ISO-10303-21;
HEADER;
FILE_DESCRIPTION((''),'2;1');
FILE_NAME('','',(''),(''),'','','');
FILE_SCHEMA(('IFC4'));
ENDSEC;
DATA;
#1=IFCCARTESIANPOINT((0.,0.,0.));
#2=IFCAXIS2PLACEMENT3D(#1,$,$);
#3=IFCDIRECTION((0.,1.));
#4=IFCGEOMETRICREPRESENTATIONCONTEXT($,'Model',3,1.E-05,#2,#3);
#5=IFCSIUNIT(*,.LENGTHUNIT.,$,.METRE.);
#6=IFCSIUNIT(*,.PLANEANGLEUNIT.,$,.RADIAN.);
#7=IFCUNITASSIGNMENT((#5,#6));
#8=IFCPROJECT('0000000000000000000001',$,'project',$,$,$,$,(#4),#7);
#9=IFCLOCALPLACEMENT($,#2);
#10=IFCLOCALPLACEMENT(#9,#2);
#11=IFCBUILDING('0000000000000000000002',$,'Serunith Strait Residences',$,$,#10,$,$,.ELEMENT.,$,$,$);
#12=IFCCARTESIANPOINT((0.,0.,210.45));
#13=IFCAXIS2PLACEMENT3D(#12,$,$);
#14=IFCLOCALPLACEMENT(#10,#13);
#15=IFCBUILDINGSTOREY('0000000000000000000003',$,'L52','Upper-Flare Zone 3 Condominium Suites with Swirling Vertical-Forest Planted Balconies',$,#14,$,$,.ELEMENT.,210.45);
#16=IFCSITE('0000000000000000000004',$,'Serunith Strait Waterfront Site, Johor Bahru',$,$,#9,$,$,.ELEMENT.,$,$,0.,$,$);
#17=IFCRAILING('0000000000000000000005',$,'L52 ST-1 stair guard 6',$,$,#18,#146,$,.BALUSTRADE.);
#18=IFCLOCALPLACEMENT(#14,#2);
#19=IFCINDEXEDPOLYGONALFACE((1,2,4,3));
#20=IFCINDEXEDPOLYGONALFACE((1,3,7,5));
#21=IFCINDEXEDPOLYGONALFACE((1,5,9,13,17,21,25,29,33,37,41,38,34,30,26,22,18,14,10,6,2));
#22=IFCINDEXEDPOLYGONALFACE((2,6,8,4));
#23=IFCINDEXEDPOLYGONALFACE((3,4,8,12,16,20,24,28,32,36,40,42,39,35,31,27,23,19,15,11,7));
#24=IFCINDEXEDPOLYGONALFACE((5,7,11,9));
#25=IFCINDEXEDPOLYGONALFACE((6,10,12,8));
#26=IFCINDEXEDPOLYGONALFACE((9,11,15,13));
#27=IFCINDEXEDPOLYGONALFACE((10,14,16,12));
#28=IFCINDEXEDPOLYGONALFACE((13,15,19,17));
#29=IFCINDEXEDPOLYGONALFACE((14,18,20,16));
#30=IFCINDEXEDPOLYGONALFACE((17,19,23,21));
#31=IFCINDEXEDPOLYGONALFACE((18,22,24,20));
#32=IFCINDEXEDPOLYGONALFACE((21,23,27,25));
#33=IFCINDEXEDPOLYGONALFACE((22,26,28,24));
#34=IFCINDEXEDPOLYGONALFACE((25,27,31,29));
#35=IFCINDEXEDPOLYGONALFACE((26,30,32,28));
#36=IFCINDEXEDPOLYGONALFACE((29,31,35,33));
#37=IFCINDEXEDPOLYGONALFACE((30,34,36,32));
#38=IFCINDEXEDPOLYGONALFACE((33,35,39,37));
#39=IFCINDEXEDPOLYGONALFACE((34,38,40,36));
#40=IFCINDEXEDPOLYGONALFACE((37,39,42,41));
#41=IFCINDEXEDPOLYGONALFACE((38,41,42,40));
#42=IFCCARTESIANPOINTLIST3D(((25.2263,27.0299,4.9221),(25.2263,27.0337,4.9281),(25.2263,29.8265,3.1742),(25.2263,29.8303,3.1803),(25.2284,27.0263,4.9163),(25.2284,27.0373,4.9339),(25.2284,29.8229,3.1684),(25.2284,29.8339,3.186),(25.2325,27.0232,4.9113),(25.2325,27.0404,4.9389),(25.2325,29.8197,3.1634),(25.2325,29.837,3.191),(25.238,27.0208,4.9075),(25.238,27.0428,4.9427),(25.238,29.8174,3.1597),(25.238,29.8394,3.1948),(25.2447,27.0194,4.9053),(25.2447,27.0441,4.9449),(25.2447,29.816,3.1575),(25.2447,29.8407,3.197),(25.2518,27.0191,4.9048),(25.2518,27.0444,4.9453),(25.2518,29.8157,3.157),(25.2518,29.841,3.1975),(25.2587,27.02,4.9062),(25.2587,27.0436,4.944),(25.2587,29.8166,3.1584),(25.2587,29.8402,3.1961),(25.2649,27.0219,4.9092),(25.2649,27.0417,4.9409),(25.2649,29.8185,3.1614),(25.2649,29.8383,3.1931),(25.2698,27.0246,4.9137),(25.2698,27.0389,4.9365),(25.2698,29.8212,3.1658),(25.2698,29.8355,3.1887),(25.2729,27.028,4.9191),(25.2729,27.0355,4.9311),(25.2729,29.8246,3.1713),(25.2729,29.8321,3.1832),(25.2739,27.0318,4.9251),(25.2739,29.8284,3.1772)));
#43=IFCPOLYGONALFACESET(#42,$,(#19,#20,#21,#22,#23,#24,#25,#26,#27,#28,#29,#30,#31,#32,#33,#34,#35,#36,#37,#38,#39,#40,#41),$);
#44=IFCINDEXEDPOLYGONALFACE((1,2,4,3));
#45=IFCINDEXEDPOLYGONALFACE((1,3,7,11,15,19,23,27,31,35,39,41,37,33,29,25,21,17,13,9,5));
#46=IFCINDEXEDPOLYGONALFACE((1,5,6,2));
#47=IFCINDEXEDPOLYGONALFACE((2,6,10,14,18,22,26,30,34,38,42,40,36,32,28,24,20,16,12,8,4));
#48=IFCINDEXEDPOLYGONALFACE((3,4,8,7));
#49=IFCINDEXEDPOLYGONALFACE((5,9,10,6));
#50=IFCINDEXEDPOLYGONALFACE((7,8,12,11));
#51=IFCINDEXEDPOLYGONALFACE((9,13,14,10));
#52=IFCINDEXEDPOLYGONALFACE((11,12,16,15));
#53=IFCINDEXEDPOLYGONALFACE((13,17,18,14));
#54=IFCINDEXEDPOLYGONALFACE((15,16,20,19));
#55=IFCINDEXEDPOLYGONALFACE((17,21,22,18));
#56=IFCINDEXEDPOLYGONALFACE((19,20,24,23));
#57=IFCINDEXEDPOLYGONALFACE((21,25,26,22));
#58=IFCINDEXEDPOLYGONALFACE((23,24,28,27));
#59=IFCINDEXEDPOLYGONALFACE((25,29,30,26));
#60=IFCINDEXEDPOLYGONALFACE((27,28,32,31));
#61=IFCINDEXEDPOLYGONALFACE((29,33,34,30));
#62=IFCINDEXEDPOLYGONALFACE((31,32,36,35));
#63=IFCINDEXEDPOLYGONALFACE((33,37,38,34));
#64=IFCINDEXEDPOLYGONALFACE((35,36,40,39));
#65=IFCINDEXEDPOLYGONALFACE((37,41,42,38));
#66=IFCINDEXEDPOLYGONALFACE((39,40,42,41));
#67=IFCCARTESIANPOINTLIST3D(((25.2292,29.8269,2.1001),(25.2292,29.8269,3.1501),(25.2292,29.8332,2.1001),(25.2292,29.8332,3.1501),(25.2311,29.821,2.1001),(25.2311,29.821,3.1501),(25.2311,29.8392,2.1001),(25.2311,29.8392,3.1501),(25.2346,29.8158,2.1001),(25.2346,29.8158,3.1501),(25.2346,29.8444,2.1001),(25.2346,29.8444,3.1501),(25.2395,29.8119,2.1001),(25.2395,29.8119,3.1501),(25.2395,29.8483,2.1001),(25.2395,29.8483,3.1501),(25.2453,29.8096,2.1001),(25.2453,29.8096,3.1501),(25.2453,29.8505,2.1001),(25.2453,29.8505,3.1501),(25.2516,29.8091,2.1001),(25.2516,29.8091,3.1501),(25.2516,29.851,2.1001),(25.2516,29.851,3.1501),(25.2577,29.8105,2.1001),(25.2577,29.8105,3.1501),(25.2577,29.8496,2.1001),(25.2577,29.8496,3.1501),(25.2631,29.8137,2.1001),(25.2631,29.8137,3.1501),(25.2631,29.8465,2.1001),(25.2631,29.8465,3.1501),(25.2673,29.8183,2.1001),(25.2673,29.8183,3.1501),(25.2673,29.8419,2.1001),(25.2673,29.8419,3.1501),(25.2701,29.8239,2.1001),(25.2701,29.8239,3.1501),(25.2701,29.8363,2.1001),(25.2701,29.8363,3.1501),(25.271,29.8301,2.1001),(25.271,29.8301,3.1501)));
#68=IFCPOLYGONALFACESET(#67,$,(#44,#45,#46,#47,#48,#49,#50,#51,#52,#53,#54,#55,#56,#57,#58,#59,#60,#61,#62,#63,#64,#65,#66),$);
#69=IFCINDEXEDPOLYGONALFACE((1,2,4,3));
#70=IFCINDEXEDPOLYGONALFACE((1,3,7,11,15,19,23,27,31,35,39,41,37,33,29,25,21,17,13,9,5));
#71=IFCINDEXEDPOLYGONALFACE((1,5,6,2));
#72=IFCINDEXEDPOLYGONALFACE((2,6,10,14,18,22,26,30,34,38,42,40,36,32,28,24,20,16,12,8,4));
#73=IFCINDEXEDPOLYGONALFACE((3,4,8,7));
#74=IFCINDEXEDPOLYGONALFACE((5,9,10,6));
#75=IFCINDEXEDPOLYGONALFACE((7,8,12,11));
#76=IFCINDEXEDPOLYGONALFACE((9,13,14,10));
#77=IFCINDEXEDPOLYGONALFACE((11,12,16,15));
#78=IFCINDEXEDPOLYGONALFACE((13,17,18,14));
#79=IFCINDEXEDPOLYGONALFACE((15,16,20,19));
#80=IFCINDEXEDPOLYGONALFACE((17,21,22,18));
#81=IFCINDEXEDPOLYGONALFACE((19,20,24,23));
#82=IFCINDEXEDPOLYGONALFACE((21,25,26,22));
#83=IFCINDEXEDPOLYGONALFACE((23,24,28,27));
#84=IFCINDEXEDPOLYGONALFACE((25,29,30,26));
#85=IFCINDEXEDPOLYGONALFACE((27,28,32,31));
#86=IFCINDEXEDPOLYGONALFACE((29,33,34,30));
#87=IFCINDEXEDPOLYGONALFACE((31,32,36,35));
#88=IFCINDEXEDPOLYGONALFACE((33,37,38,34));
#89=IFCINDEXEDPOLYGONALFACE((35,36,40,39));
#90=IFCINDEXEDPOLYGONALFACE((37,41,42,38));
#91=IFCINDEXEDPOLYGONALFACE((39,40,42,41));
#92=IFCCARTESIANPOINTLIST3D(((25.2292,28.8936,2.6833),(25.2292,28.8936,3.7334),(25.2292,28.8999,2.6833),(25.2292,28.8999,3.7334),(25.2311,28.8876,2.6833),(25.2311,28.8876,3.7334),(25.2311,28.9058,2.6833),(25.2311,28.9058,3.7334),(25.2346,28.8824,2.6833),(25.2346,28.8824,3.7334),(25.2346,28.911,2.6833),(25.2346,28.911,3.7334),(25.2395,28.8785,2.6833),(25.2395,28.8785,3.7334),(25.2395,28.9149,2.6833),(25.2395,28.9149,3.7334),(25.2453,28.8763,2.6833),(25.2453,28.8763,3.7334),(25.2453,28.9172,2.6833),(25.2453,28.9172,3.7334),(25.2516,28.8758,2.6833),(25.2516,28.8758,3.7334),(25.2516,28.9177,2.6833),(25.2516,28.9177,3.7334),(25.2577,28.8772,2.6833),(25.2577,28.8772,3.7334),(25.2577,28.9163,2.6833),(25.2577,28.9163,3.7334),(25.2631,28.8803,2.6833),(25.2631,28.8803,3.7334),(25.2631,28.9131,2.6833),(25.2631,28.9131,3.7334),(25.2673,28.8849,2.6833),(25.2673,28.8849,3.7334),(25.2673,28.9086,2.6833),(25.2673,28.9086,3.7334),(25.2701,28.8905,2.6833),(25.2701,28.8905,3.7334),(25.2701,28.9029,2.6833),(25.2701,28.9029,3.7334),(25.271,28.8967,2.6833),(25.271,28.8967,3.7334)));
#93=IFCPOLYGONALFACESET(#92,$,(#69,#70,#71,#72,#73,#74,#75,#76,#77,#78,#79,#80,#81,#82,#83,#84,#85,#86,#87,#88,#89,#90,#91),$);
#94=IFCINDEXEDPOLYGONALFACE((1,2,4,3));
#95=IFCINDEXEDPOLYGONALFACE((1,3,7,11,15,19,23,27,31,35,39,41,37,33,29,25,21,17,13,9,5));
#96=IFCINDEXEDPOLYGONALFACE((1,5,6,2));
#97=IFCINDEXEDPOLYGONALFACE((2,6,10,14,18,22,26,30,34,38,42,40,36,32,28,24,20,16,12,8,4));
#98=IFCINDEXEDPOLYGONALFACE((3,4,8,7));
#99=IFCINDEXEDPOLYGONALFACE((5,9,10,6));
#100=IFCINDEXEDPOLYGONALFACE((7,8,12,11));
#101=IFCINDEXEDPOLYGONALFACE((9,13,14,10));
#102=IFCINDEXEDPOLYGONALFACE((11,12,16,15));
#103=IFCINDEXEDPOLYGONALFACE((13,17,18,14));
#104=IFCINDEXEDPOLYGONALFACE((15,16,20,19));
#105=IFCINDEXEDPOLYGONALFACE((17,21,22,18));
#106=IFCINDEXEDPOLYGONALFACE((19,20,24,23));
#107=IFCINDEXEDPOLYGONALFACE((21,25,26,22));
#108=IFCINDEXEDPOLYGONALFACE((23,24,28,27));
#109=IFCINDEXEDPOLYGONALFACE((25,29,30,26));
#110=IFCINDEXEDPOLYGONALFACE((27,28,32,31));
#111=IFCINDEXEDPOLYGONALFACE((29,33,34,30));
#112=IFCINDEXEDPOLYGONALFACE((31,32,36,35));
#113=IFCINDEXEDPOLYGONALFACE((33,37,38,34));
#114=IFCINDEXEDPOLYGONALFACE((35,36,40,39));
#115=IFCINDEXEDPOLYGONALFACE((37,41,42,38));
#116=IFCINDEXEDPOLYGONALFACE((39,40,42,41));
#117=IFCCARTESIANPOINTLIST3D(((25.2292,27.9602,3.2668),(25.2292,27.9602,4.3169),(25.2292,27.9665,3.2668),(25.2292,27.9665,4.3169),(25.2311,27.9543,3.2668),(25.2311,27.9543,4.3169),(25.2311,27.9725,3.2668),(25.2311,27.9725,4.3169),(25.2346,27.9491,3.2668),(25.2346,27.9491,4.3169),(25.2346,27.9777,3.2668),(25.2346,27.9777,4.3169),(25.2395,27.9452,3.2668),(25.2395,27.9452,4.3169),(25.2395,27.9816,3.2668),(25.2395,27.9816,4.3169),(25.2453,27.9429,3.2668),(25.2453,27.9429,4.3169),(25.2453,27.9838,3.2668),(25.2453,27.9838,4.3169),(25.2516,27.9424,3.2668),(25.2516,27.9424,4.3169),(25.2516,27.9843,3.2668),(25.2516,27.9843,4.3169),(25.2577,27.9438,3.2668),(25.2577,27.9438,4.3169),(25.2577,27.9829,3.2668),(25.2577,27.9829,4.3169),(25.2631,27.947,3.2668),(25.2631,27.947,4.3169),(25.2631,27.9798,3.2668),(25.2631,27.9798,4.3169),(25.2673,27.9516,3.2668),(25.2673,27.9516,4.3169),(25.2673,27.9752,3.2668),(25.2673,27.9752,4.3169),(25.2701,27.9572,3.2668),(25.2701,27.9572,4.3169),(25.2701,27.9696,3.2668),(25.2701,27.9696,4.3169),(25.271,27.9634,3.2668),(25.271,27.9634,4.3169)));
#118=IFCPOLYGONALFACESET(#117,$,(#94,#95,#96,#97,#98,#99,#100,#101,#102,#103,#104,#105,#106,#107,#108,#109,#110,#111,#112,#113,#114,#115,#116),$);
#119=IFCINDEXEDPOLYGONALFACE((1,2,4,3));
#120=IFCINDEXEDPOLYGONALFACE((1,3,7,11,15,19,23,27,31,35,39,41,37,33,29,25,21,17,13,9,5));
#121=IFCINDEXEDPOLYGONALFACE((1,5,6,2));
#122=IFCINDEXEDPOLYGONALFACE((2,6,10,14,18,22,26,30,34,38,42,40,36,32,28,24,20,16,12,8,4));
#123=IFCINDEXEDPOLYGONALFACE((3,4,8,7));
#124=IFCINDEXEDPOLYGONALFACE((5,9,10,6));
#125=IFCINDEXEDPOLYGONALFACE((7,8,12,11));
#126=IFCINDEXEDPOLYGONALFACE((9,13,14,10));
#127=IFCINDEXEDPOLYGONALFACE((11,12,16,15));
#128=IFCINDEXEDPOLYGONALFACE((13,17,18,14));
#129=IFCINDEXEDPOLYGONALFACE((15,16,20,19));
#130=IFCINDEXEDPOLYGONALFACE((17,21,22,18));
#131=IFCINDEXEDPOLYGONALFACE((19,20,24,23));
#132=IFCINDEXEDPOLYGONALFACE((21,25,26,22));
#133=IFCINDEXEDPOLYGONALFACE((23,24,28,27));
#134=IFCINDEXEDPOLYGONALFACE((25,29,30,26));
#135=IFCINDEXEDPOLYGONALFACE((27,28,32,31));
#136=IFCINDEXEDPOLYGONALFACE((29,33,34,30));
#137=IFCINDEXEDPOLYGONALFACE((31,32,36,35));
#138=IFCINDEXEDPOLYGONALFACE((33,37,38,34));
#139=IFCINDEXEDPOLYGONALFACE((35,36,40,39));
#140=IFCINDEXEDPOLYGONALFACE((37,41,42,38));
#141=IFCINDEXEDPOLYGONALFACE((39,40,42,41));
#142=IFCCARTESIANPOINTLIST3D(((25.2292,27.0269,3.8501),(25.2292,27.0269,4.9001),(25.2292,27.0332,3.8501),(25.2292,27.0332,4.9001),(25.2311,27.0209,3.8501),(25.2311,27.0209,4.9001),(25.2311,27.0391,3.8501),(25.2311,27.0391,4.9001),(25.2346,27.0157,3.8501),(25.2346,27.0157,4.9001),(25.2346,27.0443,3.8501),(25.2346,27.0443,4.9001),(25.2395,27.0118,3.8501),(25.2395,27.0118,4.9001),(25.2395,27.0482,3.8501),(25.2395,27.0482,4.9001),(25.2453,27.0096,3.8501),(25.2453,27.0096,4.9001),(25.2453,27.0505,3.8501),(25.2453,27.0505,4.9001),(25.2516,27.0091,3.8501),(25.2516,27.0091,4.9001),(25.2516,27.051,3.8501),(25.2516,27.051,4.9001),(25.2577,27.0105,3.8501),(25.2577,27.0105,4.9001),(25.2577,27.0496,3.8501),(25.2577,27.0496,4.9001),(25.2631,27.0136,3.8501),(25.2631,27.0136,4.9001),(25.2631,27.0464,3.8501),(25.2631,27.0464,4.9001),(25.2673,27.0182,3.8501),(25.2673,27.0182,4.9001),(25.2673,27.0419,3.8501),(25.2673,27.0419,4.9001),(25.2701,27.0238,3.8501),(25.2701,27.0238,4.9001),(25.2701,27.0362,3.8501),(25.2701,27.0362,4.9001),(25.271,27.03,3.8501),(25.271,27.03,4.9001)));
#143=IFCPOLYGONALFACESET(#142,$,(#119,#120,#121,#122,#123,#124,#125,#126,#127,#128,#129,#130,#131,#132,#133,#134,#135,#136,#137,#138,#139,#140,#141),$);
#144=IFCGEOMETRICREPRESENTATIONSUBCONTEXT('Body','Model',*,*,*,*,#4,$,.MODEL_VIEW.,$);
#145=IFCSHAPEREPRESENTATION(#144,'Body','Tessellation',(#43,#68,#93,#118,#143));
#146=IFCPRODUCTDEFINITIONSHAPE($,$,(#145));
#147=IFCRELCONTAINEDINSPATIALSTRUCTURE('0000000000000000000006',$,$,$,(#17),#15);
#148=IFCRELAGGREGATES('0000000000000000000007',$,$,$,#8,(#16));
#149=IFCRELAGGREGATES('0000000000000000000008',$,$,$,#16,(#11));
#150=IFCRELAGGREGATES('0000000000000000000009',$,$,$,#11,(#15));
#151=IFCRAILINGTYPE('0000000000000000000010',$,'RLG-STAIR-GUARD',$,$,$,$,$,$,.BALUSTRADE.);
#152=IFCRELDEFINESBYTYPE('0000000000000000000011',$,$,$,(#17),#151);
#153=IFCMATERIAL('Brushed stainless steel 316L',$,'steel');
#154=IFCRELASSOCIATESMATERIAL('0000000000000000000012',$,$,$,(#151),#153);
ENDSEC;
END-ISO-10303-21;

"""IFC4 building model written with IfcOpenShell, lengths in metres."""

from ifc_helpers import new_model, si_unit, direction, frame, origin, origin_2d, place, context, subcontext, project, spatial, circle, extrude, material, type_object, element, save


model = new_model("IFC4")

# Units and contexts
model_context = context("Model", 3, precision=1e-05, world=origin(), true_north=direction((0.0, 1.0)))
body_context = subcontext(model_context, "Body", "Model", "MODEL_VIEW")
ifc_project = project(units=[si_unit("LENGTHUNIT", "METRE"), si_unit("PLANEANGLEUNIT", "RADIAN")], contexts=[model_context])

# Site, building, storey
site_placement = place(None, origin())
site = spatial("IfcSite", under=ifc_project, at=site_placement, Name="Serunith Strait Waterfront Site, Johor Bahru", CompositionType="ELEMENT", RefElevation=0.0)
building_placement = place(site_placement, origin())
building = spatial("IfcBuilding", under=site, at=building_placement, Name="Serunith Strait Residences", CompositionType="ELEMENT")
storey_placement = place(building_placement, frame((0.0, 0.0, 210.45)))
storey = spatial("IfcBuildingStorey", under=building, at=storey_placement, Name="L52", Description="Upper-Flare Zone 3 Condominium Suites with Swirling Vertical-Forest Planted Balconies", CompositionType="ELEMENT", Elevation=210.45)

# Railing
ifc_material_1 = material(Name="Brushed stainless steel 316L", Category="steel")
railing_type_1 = type_object("IfcRailingType", Name="RLG-STAIR-GUARD", PredefinedType="BALUSTRADE", material=ifc_material_1)
railing_1_placement = place(storey_placement, frame((25.25, 29.8301, 2.1001)))
element("IfcRailing", 1, at=railing_1_placement, inside=storey, type_object=railing_type_1, Name="L52 ST-1 stair guard 6", PredefinedType="BALUSTRADE", context=body_context, shape_type="SweptSolid", body=[
    extrude(circle(Radius=0.0239, at=origin_2d()), frame((0.0, -0.0017, 1.0771), z_axis=(0.0, -0.848002, 0.529992), x_axis=(1.0, 0.0, 0.0)), (0.0, 0.0, 1.0), 3.2979),
    extrude(circle(Radius=0.021, at=origin_2d()), origin(), (0.0, 0.0, 1.0), 1.05),
    extrude(circle(Radius=0.021, at=origin_2d()), frame((0.0, -0.9333, 0.5833)), (0.0, 0.0, 1.0), 1.05),
    extrude(circle(Radius=0.021, at=origin_2d()), frame((0.0, -1.8667, 1.1667)), (0.0, 0.0, 1.0), 1.05),
    extrude(circle(Radius=0.021, at=origin_2d()), frame((0.0, -2.8, 1.75)), (0.0, 0.0, 1.0), 1.05),
])

save(model, "model.ifc")
